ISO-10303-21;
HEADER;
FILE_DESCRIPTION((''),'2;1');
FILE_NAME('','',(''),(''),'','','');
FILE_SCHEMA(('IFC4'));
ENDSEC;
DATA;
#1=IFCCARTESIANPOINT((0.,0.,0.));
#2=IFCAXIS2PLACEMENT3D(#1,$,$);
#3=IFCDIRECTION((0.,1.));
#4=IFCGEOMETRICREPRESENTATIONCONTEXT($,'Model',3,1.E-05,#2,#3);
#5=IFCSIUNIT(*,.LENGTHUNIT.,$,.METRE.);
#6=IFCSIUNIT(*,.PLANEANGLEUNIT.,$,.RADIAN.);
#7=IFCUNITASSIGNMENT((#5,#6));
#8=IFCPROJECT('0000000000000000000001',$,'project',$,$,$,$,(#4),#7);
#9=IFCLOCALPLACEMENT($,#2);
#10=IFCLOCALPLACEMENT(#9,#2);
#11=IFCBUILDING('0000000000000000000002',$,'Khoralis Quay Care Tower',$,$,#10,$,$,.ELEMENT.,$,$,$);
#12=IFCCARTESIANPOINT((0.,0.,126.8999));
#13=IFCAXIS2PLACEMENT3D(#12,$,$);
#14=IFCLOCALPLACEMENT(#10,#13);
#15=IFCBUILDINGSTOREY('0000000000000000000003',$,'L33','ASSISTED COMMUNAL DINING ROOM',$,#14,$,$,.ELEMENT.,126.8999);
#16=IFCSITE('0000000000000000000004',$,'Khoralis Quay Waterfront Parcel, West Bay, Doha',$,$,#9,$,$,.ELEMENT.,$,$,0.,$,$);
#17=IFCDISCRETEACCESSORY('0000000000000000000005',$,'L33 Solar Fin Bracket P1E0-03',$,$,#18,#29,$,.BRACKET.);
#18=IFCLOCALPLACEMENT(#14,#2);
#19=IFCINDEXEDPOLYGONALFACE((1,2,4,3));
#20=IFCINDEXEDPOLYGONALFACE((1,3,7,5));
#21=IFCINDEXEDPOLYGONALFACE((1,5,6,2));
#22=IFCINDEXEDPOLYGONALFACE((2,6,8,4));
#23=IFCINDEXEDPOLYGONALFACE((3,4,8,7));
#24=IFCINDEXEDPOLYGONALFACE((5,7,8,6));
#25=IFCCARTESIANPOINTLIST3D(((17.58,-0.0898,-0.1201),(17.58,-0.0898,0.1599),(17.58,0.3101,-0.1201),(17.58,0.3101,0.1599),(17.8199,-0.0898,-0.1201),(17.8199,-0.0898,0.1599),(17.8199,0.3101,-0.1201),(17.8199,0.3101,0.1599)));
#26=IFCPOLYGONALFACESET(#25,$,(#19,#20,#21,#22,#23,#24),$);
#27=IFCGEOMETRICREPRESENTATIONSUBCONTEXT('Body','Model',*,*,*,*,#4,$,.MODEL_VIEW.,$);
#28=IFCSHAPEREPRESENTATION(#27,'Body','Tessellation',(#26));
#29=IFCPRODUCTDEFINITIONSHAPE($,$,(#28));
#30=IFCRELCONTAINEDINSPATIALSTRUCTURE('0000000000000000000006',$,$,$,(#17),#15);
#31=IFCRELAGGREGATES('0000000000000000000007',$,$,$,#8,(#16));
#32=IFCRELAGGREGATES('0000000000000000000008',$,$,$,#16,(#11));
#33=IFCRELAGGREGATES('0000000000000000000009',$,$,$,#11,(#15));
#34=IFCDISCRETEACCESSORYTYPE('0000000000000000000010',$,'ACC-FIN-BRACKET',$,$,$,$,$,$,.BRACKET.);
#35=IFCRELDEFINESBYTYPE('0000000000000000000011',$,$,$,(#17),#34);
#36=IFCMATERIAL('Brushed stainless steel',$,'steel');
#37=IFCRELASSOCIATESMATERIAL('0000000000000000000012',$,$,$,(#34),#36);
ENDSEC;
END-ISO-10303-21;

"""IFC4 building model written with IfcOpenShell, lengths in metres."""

from ifc_helpers import new_model, si_unit, direction, frame, origin, origin_2d, place, context, subcontext, project, spatial, rectangle, extrude, source, transform, mapped, material, type_object, element, save


model = new_model("IFC4")

# Units and contexts
model_context = context("Model", 3, precision=1e-05, world=origin(), true_north=direction((0.0, 1.0)))
body_context = subcontext(model_context, "Body", "Model", "MODEL_VIEW")
ifc_project = project(units=[si_unit("LENGTHUNIT", "METRE"), si_unit("PLANEANGLEUNIT", "RADIAN")], contexts=[model_context])

# Site, building, storey
site_placement = place(None, origin())
site = spatial("IfcSite", under=ifc_project, at=site_placement, Name="Khoralis Quay Waterfront Parcel, West Bay, Doha", CompositionType="ELEMENT", RefElevation=0.0)
building_placement = place(site_placement, origin())
building = spatial("IfcBuilding", under=site, at=building_placement, Name="Khoralis Quay Care Tower", CompositionType="ELEMENT")
storey_placement = place(building_placement, frame((0.0, 0.0, 126.8999)))
storey = spatial("IfcBuildingStorey", under=building, at=storey_placement, Name="L33", Description="ASSISTED COMMUNAL DINING ROOM", CompositionType="ELEMENT", Elevation=126.8999)

# Discrete accessory
ifc_material_1 = material(Name="Brushed stainless steel", Category="steel")
discrete_accessory_type = type_object("IfcDiscreteAccessoryType", Name="ACC-FIN-BRACKET", PredefinedType="BRACKET", material=ifc_material_1)
shared_shape_1 = source(origin(), body_context, "Body", "SweptSolid", [
    extrude(rectangle(XDim=0.3999, YDim=0.24, at=origin_2d()), origin(), (0.0, 0.0, 1.0), 0.28),
])
for number, where, z_axis, x_axis, name in (
    (1, (17.7, 0.1101, -0.1201), (0.0, 0.0, 1.0), (0.0, -1.0, 0.0), "L33 Solar Fin Bracket P1E0-03"),
):
    element("IfcDiscreteAccessory", number, at=place(storey_placement, frame(where, z_axis=z_axis, x_axis=x_axis)), inside=storey, type_object=discrete_accessory_type, Name=name, PredefinedType="BRACKET", context=body_context, shape_type="MappedRepresentation", body=[
        mapped(shared_shape_1, transform((0.0, 0.0, 0.0), scale=1.0)),
    ])

save(model, "model.ifc")
